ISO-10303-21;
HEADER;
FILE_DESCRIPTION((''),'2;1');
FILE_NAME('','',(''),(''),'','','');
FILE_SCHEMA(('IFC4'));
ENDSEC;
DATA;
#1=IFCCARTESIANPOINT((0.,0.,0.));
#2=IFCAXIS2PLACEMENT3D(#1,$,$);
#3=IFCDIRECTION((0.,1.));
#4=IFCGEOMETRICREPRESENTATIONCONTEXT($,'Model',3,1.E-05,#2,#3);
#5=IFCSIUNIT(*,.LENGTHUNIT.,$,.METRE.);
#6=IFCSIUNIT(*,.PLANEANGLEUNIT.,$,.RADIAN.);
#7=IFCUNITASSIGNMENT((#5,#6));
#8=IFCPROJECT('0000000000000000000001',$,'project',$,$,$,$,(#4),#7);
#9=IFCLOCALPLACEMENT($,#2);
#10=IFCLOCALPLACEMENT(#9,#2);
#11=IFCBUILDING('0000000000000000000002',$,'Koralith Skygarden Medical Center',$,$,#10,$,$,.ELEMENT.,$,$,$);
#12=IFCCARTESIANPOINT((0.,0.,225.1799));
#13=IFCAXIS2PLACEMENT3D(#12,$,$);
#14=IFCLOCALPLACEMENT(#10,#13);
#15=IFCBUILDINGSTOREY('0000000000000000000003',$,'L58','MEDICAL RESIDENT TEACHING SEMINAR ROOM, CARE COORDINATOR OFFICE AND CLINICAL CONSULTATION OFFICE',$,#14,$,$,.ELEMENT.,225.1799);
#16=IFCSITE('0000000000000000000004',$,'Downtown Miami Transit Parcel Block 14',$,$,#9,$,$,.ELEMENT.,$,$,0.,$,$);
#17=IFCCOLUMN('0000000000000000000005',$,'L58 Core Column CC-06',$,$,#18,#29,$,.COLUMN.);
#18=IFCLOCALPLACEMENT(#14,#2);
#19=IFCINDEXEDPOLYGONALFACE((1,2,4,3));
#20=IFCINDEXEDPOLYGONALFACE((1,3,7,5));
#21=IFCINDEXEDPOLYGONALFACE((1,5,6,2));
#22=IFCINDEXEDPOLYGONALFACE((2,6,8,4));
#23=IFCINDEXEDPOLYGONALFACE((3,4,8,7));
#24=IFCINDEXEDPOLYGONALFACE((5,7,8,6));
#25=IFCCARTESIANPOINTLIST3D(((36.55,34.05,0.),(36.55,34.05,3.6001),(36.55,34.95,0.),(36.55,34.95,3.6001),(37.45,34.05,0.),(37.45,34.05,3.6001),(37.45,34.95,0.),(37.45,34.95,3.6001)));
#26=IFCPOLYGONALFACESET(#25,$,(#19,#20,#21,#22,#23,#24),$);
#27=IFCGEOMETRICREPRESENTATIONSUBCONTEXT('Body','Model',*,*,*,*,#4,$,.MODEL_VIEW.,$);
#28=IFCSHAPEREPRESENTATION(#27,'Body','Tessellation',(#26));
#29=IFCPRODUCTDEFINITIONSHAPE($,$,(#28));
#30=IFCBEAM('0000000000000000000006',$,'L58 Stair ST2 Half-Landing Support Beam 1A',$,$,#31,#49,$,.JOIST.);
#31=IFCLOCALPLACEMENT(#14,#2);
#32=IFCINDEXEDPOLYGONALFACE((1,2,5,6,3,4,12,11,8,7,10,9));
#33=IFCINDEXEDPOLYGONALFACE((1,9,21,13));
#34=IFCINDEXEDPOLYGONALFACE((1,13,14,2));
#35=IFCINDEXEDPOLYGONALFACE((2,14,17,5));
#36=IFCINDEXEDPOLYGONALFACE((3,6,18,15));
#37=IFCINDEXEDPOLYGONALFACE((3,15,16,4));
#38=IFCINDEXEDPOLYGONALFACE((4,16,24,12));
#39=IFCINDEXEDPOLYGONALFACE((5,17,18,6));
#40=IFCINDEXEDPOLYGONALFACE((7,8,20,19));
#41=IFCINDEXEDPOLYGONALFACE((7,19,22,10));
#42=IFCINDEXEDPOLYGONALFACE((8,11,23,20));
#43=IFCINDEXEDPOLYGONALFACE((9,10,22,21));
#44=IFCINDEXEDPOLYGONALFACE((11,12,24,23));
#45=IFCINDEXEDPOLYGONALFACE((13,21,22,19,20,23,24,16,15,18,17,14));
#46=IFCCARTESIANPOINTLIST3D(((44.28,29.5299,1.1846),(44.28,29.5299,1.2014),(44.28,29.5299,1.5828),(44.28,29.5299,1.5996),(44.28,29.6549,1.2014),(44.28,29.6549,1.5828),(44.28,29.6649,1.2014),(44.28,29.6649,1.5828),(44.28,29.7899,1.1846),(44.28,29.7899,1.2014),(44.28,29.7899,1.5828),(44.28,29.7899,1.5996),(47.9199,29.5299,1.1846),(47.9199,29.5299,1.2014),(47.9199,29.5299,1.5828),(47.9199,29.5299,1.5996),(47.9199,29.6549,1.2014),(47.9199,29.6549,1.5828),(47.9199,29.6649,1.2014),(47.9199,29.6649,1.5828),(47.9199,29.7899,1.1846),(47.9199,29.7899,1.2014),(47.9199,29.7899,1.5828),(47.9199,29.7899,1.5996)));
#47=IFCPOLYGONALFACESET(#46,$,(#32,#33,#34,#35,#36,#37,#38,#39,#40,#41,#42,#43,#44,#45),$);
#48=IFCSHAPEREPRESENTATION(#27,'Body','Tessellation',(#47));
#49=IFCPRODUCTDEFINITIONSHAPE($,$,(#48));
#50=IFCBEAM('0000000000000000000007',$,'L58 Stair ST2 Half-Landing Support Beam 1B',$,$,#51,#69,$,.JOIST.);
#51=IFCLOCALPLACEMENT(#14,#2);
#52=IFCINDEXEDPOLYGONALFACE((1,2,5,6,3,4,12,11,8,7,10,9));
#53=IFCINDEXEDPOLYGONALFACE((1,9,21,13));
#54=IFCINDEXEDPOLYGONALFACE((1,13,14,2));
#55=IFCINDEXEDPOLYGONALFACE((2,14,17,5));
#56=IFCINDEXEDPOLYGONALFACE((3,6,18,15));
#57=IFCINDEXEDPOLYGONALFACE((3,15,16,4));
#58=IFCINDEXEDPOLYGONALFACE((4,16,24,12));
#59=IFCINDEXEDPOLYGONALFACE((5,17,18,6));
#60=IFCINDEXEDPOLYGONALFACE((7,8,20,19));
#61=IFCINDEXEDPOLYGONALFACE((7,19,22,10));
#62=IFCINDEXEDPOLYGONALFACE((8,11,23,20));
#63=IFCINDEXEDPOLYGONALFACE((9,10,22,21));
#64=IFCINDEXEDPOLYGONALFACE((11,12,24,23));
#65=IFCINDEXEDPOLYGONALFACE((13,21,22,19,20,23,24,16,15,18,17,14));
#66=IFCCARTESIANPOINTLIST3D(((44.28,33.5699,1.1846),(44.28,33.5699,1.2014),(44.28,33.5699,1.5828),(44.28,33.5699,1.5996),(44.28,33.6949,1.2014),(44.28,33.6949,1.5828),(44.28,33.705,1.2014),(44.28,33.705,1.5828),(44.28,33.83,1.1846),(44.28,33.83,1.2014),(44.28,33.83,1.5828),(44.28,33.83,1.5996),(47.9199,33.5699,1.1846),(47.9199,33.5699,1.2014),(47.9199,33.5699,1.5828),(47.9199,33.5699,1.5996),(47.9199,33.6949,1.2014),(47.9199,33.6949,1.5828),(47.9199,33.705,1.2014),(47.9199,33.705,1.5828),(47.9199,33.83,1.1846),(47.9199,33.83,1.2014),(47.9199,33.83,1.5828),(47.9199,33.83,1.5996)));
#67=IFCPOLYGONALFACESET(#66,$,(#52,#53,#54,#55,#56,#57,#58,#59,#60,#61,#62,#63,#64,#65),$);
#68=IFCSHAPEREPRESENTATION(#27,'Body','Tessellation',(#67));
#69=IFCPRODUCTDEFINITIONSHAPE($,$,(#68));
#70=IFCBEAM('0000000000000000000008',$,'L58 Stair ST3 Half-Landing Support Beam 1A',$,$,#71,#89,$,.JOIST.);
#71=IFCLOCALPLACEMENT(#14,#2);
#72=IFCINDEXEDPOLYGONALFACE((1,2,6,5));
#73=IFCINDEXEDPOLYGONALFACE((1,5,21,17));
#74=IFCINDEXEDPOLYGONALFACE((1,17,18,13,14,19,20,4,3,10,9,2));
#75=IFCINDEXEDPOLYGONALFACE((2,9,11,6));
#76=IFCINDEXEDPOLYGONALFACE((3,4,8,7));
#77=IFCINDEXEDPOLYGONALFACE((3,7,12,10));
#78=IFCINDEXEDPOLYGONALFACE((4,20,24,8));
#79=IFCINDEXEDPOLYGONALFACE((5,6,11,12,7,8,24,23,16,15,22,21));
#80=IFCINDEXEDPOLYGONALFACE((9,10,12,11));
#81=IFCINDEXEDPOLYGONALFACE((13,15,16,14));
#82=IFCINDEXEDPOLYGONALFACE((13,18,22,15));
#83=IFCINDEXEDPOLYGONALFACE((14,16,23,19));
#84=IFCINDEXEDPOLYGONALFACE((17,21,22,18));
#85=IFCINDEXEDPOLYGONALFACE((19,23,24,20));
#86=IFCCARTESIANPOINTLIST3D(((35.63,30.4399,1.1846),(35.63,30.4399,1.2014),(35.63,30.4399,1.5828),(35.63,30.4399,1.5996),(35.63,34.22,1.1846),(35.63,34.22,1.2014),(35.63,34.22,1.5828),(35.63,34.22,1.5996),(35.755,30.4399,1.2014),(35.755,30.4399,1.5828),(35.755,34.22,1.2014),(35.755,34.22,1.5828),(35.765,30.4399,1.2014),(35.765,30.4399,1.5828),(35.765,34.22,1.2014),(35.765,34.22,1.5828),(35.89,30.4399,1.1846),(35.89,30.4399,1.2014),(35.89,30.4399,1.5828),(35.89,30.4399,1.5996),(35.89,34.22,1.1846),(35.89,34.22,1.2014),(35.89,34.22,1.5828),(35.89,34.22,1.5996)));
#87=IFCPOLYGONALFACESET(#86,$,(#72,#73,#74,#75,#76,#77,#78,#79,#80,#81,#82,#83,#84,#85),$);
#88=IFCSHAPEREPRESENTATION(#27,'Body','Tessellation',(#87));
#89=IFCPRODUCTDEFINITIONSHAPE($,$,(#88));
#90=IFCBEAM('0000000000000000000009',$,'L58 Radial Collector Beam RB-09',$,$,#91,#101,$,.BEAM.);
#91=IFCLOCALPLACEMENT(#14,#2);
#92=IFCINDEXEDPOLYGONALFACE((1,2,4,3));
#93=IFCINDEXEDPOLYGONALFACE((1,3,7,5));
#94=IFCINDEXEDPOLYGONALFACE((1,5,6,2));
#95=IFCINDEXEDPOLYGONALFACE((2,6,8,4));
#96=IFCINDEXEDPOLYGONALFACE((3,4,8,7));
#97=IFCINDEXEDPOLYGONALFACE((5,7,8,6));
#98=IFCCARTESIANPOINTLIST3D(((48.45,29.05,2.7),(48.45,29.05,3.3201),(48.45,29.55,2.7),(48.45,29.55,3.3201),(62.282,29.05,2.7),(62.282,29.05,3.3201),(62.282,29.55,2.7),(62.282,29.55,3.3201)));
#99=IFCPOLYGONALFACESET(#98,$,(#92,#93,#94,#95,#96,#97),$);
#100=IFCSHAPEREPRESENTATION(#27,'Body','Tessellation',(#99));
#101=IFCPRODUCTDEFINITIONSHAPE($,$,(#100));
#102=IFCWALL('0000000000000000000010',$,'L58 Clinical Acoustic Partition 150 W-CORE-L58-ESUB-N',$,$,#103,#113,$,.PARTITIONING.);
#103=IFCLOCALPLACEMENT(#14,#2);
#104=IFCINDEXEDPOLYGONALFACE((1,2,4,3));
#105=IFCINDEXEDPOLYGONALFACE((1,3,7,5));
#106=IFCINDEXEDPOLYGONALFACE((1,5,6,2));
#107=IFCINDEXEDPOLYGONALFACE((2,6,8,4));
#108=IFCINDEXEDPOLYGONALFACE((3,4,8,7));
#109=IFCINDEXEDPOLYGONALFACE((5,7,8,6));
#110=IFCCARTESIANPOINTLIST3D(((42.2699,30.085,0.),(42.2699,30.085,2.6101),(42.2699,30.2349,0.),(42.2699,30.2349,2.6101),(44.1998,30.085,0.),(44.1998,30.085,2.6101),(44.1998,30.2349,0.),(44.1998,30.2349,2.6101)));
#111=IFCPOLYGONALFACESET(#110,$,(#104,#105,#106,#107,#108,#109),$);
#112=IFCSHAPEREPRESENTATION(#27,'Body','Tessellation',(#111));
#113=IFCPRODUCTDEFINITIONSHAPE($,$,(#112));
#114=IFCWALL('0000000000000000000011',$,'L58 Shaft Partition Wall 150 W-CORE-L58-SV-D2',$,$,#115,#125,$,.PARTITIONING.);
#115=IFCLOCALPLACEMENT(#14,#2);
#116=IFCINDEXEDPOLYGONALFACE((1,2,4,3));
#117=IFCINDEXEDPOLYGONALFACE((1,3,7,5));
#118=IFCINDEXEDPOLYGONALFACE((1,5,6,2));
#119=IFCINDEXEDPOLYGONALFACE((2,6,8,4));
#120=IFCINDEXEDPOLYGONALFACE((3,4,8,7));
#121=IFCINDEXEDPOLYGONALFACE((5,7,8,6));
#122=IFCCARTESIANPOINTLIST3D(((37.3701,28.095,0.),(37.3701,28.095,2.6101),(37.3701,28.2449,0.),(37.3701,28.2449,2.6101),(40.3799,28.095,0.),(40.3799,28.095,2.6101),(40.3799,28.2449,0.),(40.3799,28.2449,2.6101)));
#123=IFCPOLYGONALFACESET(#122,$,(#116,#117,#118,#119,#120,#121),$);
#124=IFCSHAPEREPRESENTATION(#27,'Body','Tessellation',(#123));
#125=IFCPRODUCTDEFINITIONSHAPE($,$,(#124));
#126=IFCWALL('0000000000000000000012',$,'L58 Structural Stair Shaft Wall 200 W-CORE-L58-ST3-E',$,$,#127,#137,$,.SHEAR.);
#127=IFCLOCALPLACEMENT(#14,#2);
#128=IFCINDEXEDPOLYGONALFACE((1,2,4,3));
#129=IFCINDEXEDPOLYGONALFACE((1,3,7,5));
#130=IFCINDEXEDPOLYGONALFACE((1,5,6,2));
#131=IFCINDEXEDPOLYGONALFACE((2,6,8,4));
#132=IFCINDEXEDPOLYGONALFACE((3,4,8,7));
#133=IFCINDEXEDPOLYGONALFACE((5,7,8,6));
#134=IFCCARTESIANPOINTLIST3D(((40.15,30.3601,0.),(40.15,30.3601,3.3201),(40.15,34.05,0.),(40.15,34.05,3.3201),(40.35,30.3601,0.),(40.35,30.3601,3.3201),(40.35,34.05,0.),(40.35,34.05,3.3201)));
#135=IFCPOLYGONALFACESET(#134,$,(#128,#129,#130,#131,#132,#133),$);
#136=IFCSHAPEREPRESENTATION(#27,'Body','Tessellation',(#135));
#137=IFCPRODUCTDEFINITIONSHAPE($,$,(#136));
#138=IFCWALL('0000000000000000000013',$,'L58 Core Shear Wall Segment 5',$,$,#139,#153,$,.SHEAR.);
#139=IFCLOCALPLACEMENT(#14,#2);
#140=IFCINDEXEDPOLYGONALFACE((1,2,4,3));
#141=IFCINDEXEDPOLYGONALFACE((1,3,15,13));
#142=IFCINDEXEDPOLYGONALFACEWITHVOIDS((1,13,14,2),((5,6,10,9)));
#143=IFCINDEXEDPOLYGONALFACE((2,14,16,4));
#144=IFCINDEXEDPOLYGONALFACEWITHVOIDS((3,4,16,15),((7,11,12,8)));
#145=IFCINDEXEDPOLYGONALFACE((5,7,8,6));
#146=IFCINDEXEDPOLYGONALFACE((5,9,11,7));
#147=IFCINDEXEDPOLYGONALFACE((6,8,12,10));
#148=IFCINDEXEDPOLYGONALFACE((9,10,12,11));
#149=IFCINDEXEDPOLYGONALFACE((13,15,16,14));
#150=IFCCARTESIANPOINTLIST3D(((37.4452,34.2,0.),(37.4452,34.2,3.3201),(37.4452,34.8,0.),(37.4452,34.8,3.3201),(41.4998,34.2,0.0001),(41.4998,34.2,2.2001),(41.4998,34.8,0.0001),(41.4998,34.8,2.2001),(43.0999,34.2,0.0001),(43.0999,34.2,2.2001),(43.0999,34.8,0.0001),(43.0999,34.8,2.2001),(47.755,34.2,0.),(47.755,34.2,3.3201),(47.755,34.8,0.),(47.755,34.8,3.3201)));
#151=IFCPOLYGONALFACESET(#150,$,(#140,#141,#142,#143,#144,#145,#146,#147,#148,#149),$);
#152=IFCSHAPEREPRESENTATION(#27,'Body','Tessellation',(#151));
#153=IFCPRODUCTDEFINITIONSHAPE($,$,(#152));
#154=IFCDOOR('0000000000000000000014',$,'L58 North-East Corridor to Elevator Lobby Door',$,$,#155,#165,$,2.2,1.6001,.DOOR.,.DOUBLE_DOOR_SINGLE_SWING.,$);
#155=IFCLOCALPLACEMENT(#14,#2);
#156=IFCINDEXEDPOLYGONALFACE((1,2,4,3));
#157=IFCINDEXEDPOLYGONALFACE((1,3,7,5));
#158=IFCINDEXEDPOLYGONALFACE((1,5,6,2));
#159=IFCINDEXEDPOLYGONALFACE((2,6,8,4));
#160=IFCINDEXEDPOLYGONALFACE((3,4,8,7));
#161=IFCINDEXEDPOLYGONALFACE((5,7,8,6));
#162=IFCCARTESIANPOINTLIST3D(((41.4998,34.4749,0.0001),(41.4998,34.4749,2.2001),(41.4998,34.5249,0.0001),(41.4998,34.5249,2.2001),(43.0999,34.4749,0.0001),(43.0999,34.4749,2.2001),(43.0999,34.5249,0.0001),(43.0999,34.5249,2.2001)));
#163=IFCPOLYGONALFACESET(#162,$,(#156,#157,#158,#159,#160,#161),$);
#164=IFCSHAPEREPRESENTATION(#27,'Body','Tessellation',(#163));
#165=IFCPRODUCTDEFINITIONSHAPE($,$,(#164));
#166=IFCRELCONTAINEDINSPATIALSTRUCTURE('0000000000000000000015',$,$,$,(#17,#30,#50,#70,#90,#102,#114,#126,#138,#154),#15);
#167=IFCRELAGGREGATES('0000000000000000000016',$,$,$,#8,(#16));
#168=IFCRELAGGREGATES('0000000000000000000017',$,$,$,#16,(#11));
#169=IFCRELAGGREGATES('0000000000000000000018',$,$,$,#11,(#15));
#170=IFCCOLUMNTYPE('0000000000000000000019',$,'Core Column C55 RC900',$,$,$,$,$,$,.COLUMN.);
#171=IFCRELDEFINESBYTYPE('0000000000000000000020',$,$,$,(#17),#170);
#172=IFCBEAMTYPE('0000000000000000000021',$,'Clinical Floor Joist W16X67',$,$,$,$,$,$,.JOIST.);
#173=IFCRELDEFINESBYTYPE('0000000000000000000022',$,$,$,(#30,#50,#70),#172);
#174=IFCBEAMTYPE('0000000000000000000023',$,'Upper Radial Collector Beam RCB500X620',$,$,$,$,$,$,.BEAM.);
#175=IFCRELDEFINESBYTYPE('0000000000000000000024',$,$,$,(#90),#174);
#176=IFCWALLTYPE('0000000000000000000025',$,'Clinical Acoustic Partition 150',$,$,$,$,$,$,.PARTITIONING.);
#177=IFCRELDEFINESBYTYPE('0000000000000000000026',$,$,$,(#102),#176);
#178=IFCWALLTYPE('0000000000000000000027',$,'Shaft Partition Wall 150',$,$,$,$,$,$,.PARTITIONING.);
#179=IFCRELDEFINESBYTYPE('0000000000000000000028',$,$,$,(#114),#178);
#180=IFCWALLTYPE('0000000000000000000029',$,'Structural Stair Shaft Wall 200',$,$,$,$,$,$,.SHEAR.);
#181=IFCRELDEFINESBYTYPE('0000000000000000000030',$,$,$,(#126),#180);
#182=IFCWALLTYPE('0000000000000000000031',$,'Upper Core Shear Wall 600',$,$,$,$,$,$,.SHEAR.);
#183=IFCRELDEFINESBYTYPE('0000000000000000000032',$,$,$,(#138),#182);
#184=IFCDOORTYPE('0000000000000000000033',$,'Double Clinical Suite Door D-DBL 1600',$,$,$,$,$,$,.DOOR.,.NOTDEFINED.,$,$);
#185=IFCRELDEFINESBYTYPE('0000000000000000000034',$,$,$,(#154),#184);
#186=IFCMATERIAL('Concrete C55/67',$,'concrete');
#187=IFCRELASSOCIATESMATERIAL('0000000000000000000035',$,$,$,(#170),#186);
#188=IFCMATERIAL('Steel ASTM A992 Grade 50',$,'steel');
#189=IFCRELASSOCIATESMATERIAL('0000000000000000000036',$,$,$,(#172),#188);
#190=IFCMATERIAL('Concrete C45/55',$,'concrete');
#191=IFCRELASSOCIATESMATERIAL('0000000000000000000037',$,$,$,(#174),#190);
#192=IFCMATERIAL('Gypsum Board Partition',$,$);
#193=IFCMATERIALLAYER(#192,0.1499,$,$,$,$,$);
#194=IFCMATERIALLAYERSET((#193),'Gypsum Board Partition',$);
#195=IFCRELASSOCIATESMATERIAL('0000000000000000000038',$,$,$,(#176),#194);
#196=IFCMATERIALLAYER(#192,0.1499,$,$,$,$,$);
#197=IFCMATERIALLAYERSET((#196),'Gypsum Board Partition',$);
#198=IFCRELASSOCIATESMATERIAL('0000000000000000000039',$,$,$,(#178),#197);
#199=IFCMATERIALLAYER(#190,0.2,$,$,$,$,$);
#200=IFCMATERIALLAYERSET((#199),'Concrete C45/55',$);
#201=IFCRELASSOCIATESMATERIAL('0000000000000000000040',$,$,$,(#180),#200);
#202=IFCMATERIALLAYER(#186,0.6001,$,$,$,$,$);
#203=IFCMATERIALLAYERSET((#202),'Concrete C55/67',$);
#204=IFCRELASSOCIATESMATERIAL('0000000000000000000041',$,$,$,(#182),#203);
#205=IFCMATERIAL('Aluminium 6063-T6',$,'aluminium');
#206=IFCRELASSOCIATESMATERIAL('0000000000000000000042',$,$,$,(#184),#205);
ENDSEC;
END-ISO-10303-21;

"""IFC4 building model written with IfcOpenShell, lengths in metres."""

from ifc_helpers import new_model, si_unit, direction, frame, frame_2d, origin, origin_2d, place, context, subcontext, project, spatial, rectangle, i_section, extrude, material, layer, layer_set, material_profile, profile_set, type_object, element, fill, save


model = new_model("IFC4")

# Units and contexts
model_context = context("Model", 3, precision=1e-05, world=origin(), true_north=direction((0.0, 1.0)))
body_context = subcontext(model_context, "Body", "Model", "MODEL_VIEW")
ifc_project = project(units=[si_unit("LENGTHUNIT", "METRE"), si_unit("PLANEANGLEUNIT", "RADIAN")], contexts=[model_context])

# Site, building, storey
site_placement = place(None, origin())
site = spatial("IfcSite", under=ifc_project, at=site_placement, Name="Downtown Miami Transit Parcel Block 14", CompositionType="ELEMENT", RefElevation=0.0)
building_placement = place(site_placement, origin())
building = spatial("IfcBuilding", under=site, at=building_placement, Name="Koralith Skygarden Medical Center", CompositionType="ELEMENT")
storey_placement = place(building_placement, frame((0.0, 0.0, 225.1799)))
storey = spatial("IfcBuildingStorey", under=building, at=storey_placement, Name="L58", Description="MEDICAL RESIDENT TEACHING SEMINAR ROOM, CARE COORDINATOR OFFICE AND CLINICAL CONSULTATION OFFICE", CompositionType="ELEMENT", Elevation=225.1799)

# Column
ifc_material_1 = material(Name="Concrete C55/67", Category="concrete")
ifc_material_profile_1 = material_profile(ifc_material_1, rectangle(XDim=0.8999, YDim=0.8999, at=origin_2d()), Name="RC900X900")
ifc_profile_set_1 = profile_set([ifc_material_profile_1], Name="Concrete C55/67")
column_type = type_object("IfcColumnType", Name="Core Column C55 RC900", PredefinedType="COLUMN", material=ifc_profile_set_1)
column_placement = place(storey_placement, frame((37.0, 34.5, 0.0), z_axis=(0.0, 0.0, 1.0), x_axis=(1.0, 0.0, 0.0)))
element("IfcColumn", 1, at=column_placement, inside=storey, type_object=column_type, Name="L58 Core Column CC-06", PredefinedType="COLUMN", context=body_context, shape_type="SweptSolid", body=[
    extrude(rectangle(XDim=0.8999, YDim=0.8999, at=origin_2d()), origin(), (0.0, 0.0, 1.0), 3.6001),
])

# Beams
ifc_material_2 = material(Name="Steel ASTM A992 Grade 50", Category="steel")
ifc_material_profile_2 = material_profile(ifc_material_2, i_section(OverallWidth=0.26, OverallDepth=0.415, WebThickness=0.01, FlangeThickness=0.0168, at=origin_2d()), Name="W16X67")
ifc_profile_set_2 = profile_set([ifc_material_profile_2], Name="Steel ASTM A992 Grade 50")
beam_type_1 = type_object("IfcBeamType", Name="Clinical Floor Joist W16X67", PredefinedType="JOIST", material=ifc_profile_set_2)
for number, where, z_axis, x_axis, name in (
    (2, (44.28, 29.6599, 1.3921), (1.0, 0.0, 0.0), (0.0, 1.0, 0.0), "L58 Stair ST2 Half-Landing Support Beam 1A"),
    (3, (44.28, 33.7, 1.3921), (1.0, 0.0, 0.0), (0.0, 1.0, 0.0), "L58 Stair ST2 Half-Landing Support Beam 1B"),
):
    element("IfcBeam", number, at=place(storey_placement, frame(where, z_axis=z_axis, x_axis=x_axis)), inside=storey, type_object=beam_type_1, Name=name, PredefinedType="JOIST", context=body_context, shape_type="SweptSolid", body=[
        extrude(i_section(OverallWidth=0.26, OverallDepth=0.415, WebThickness=0.01, FlangeThickness=0.0168, at=origin_2d()), origin(), (0.0, 0.0, 1.0), 3.6399),
    ])
beam_1_placement = place(storey_placement, frame((35.76, 30.4399, 1.3921), z_axis=(0.0, 1.0, 0.0), x_axis=(-1.0, 0.0, 0.0)))
element("IfcBeam", 4, at=beam_1_placement, inside=storey, type_object=beam_type_1, Name="L58 Stair ST3 Half-Landing Support Beam 1A", PredefinedType="JOIST", context=body_context, shape_type="SweptSolid", body=[
    extrude(i_section(OverallWidth=0.26, OverallDepth=0.415, WebThickness=0.01, FlangeThickness=0.0168, at=origin_2d()), origin(), (0.0, 0.0, 1.0), 3.78),
])
ifc_material_3 = material(Name="Concrete C45/55", Category="concrete")
ifc_material_profile_3 = material_profile(ifc_material_3, rectangle(XDim=0.5, YDim=0.6201, at=origin_2d()), Name="RCB500X620")
ifc_profile_set_3 = profile_set([ifc_material_profile_3], Name="Concrete C45/55")
beam_type_2 = type_object("IfcBeamType", Name="Upper Radial Collector Beam RCB500X620", PredefinedType="BEAM", material=ifc_profile_set_3)
beam_2_placement = place(storey_placement, frame((48.45, 29.3, 3.01), z_axis=(1.0, 0.0, 0.0), x_axis=(0.0, 1.0, 0.0)))
element("IfcBeam", 5, at=beam_2_placement, inside=storey, type_object=beam_type_2, Name="L58 Radial Collector Beam RB-09", PredefinedType="BEAM", context=body_context, shape_type="SweptSolid", body=[
    extrude(rectangle(XDim=0.5, YDim=0.6201, at=origin_2d()), origin(), (0.0, 0.0, 1.0), 13.832),
])

# Walls
ifc_material_4 = material(Name="Gypsum Board Partition")
ifc_layer_1 = layer(ifc_material_4, 0.1499)
ifc_layer_set_1 = layer_set([ifc_layer_1], Name="Gypsum Board Partition")
wall_type_1 = type_object("IfcWallType", Name="Clinical Acoustic Partition 150", PredefinedType="PARTITIONING", material=ifc_layer_set_1)
wall_1_placement = place(storey_placement, frame((42.27, 30.1599, 0.0), z_axis=(0.0, 0.0, 1.0), x_axis=(1.0, 0.0, 0.0)))
element("IfcWall", 6, at=wall_1_placement, inside=storey, type_object=wall_type_1, Name="L58 Clinical Acoustic Partition 150 W-CORE-L58-ESUB-N", PredefinedType="PARTITIONING", context=body_context, shape_type="SweptSolid", body=[
    extrude(rectangle(XDim=1.9299, YDim=0.1499, at=frame_2d((0.9648, 0.0))), origin(), (0.0, 0.0, 1.0), 2.6101),
])
ifc_layer_2 = layer(ifc_material_4, 0.1499)
ifc_layer_set_2 = layer_set([ifc_layer_2], Name="Gypsum Board Partition")
wall_type_2 = type_object("IfcWallType", Name="Shaft Partition Wall 150", PredefinedType="PARTITIONING", material=ifc_layer_set_2)
wall_2_placement = place(storey_placement, frame((37.3701, 28.1699, 0.0), z_axis=(0.0, 0.0, 1.0), x_axis=(1.0, 0.0, 0.0)))
element("IfcWall", 7, at=wall_2_placement, inside=storey, type_object=wall_type_2, Name="L58 Shaft Partition Wall 150 W-CORE-L58-SV-D2", PredefinedType="PARTITIONING", context=body_context, shape_type="SweptSolid", body=[
    extrude(rectangle(XDim=3.0098, YDim=0.1499, at=frame_2d((1.5049, 0.0))), origin(), (0.0, 0.0, 1.0), 2.6101),
])
ifc_layer_3 = layer(ifc_material_3, 0.2)
ifc_layer_set_3 = layer_set([ifc_layer_3], Name="Concrete C45/55")
wall_type_3 = type_object("IfcWallType", Name="Structural Stair Shaft Wall 200", PredefinedType="SHEAR", material=ifc_layer_set_3)
wall_3_placement = place(storey_placement, frame((40.25, 30.3601, 0.0), z_axis=(0.0, 0.0, 1.0), x_axis=(0.0, 1.0, 0.0)))
element("IfcWall", 8, at=wall_3_placement, inside=storey, type_object=wall_type_3, Name="L58 Structural Stair Shaft Wall 200 W-CORE-L58-ST3-E", PredefinedType="SHEAR", context=body_context, shape_type="SweptSolid", body=[
    extrude(rectangle(XDim=3.6899, YDim=0.2, at=frame_2d((1.845, 0.0))), origin(), (0.0, 0.0, 1.0), 3.3201),
])

# Wall, opening, door
ifc_layer_4 = layer(ifc_material_1, 0.6001)
ifc_layer_set_4 = layer_set([ifc_layer_4], Name="Concrete C55/67")
wall_type_4 = type_object("IfcWallType", Name="Upper Core Shear Wall 600", PredefinedType="SHEAR", material=ifc_layer_set_4)
wall_4_placement = place(storey_placement, frame((47.7549, 34.5, 0.0), z_axis=(0.0, 0.0, 1.0), x_axis=(-1.0, 0.0, 0.0)))
wall_4 = element("IfcWall", 9, at=wall_4_placement, inside=storey, type_object=wall_type_4, Name="L58 Core Shear Wall Segment 5", PredefinedType="SHEAR", context=body_context, shape_type="SweptSolid", body=[
    extrude(rectangle(XDim=10.3098, YDim=0.6001, at=frame_2d((5.1548, 0.0))), origin(), (0.0, 0.0, 1.0), 3.3201),
])
opening_1_placement = place(wall_4_placement, frame((4.655, 0.0, 0.0)))
opening_1 = element("IfcOpeningElement", 10, at=opening_1_placement, cuts=wall_4, PredefinedType="OPENING", context=body_context, shape_type="SweptSolid", body=[
    extrude(rectangle(XDim=1.6001, YDim=2.2, at=frame_2d((0.8, 1.1001))), frame((0.0, 0.3101, 0.0), z_axis=(0.0, -1.0, 0.0), x_axis=(1.0, 0.0, 0.0)), (0.0, 0.0, 1.0), 0.6201),
])
ifc_material_5 = material(Name="Aluminium 6063-T6", Category="aluminium")
door_type_1 = type_object("IfcDoorType", Name="Double Clinical Suite Door D-DBL 1600", OperationType="NOTDEFINED", PredefinedType="DOOR", material=ifc_material_5)
door_1_placement = place(opening_1_placement, frame((1.6001, 0.0, 0.0), z_axis=(0.0, 0.0, 1.0), x_axis=(-1.0, 0.0, 0.0)))
door_1 = element("IfcDoor", 11, at=door_1_placement, inside=storey, type_object=door_type_1, Name="L58 North-East Corridor to Elevator Lobby Door", OperationType="DOUBLE_DOOR_SINGLE_SWING", OverallHeight=2.2, OverallWidth=1.6001, PredefinedType="DOOR", context=body_context, shape_type="SweptSolid", body=[
    extrude(rectangle(XDim=1.6001, YDim=2.2, at=frame_2d((0.8, 1.1001))), frame((0.0, 0.0249, 0.0), z_axis=(0.0, -1.0, 0.0), x_axis=(1.0, 0.0, 0.0)), (0.0, 0.0, 1.0), 0.05),
])
fill(opening_1, door_1)

save(model, "model.ifc")
